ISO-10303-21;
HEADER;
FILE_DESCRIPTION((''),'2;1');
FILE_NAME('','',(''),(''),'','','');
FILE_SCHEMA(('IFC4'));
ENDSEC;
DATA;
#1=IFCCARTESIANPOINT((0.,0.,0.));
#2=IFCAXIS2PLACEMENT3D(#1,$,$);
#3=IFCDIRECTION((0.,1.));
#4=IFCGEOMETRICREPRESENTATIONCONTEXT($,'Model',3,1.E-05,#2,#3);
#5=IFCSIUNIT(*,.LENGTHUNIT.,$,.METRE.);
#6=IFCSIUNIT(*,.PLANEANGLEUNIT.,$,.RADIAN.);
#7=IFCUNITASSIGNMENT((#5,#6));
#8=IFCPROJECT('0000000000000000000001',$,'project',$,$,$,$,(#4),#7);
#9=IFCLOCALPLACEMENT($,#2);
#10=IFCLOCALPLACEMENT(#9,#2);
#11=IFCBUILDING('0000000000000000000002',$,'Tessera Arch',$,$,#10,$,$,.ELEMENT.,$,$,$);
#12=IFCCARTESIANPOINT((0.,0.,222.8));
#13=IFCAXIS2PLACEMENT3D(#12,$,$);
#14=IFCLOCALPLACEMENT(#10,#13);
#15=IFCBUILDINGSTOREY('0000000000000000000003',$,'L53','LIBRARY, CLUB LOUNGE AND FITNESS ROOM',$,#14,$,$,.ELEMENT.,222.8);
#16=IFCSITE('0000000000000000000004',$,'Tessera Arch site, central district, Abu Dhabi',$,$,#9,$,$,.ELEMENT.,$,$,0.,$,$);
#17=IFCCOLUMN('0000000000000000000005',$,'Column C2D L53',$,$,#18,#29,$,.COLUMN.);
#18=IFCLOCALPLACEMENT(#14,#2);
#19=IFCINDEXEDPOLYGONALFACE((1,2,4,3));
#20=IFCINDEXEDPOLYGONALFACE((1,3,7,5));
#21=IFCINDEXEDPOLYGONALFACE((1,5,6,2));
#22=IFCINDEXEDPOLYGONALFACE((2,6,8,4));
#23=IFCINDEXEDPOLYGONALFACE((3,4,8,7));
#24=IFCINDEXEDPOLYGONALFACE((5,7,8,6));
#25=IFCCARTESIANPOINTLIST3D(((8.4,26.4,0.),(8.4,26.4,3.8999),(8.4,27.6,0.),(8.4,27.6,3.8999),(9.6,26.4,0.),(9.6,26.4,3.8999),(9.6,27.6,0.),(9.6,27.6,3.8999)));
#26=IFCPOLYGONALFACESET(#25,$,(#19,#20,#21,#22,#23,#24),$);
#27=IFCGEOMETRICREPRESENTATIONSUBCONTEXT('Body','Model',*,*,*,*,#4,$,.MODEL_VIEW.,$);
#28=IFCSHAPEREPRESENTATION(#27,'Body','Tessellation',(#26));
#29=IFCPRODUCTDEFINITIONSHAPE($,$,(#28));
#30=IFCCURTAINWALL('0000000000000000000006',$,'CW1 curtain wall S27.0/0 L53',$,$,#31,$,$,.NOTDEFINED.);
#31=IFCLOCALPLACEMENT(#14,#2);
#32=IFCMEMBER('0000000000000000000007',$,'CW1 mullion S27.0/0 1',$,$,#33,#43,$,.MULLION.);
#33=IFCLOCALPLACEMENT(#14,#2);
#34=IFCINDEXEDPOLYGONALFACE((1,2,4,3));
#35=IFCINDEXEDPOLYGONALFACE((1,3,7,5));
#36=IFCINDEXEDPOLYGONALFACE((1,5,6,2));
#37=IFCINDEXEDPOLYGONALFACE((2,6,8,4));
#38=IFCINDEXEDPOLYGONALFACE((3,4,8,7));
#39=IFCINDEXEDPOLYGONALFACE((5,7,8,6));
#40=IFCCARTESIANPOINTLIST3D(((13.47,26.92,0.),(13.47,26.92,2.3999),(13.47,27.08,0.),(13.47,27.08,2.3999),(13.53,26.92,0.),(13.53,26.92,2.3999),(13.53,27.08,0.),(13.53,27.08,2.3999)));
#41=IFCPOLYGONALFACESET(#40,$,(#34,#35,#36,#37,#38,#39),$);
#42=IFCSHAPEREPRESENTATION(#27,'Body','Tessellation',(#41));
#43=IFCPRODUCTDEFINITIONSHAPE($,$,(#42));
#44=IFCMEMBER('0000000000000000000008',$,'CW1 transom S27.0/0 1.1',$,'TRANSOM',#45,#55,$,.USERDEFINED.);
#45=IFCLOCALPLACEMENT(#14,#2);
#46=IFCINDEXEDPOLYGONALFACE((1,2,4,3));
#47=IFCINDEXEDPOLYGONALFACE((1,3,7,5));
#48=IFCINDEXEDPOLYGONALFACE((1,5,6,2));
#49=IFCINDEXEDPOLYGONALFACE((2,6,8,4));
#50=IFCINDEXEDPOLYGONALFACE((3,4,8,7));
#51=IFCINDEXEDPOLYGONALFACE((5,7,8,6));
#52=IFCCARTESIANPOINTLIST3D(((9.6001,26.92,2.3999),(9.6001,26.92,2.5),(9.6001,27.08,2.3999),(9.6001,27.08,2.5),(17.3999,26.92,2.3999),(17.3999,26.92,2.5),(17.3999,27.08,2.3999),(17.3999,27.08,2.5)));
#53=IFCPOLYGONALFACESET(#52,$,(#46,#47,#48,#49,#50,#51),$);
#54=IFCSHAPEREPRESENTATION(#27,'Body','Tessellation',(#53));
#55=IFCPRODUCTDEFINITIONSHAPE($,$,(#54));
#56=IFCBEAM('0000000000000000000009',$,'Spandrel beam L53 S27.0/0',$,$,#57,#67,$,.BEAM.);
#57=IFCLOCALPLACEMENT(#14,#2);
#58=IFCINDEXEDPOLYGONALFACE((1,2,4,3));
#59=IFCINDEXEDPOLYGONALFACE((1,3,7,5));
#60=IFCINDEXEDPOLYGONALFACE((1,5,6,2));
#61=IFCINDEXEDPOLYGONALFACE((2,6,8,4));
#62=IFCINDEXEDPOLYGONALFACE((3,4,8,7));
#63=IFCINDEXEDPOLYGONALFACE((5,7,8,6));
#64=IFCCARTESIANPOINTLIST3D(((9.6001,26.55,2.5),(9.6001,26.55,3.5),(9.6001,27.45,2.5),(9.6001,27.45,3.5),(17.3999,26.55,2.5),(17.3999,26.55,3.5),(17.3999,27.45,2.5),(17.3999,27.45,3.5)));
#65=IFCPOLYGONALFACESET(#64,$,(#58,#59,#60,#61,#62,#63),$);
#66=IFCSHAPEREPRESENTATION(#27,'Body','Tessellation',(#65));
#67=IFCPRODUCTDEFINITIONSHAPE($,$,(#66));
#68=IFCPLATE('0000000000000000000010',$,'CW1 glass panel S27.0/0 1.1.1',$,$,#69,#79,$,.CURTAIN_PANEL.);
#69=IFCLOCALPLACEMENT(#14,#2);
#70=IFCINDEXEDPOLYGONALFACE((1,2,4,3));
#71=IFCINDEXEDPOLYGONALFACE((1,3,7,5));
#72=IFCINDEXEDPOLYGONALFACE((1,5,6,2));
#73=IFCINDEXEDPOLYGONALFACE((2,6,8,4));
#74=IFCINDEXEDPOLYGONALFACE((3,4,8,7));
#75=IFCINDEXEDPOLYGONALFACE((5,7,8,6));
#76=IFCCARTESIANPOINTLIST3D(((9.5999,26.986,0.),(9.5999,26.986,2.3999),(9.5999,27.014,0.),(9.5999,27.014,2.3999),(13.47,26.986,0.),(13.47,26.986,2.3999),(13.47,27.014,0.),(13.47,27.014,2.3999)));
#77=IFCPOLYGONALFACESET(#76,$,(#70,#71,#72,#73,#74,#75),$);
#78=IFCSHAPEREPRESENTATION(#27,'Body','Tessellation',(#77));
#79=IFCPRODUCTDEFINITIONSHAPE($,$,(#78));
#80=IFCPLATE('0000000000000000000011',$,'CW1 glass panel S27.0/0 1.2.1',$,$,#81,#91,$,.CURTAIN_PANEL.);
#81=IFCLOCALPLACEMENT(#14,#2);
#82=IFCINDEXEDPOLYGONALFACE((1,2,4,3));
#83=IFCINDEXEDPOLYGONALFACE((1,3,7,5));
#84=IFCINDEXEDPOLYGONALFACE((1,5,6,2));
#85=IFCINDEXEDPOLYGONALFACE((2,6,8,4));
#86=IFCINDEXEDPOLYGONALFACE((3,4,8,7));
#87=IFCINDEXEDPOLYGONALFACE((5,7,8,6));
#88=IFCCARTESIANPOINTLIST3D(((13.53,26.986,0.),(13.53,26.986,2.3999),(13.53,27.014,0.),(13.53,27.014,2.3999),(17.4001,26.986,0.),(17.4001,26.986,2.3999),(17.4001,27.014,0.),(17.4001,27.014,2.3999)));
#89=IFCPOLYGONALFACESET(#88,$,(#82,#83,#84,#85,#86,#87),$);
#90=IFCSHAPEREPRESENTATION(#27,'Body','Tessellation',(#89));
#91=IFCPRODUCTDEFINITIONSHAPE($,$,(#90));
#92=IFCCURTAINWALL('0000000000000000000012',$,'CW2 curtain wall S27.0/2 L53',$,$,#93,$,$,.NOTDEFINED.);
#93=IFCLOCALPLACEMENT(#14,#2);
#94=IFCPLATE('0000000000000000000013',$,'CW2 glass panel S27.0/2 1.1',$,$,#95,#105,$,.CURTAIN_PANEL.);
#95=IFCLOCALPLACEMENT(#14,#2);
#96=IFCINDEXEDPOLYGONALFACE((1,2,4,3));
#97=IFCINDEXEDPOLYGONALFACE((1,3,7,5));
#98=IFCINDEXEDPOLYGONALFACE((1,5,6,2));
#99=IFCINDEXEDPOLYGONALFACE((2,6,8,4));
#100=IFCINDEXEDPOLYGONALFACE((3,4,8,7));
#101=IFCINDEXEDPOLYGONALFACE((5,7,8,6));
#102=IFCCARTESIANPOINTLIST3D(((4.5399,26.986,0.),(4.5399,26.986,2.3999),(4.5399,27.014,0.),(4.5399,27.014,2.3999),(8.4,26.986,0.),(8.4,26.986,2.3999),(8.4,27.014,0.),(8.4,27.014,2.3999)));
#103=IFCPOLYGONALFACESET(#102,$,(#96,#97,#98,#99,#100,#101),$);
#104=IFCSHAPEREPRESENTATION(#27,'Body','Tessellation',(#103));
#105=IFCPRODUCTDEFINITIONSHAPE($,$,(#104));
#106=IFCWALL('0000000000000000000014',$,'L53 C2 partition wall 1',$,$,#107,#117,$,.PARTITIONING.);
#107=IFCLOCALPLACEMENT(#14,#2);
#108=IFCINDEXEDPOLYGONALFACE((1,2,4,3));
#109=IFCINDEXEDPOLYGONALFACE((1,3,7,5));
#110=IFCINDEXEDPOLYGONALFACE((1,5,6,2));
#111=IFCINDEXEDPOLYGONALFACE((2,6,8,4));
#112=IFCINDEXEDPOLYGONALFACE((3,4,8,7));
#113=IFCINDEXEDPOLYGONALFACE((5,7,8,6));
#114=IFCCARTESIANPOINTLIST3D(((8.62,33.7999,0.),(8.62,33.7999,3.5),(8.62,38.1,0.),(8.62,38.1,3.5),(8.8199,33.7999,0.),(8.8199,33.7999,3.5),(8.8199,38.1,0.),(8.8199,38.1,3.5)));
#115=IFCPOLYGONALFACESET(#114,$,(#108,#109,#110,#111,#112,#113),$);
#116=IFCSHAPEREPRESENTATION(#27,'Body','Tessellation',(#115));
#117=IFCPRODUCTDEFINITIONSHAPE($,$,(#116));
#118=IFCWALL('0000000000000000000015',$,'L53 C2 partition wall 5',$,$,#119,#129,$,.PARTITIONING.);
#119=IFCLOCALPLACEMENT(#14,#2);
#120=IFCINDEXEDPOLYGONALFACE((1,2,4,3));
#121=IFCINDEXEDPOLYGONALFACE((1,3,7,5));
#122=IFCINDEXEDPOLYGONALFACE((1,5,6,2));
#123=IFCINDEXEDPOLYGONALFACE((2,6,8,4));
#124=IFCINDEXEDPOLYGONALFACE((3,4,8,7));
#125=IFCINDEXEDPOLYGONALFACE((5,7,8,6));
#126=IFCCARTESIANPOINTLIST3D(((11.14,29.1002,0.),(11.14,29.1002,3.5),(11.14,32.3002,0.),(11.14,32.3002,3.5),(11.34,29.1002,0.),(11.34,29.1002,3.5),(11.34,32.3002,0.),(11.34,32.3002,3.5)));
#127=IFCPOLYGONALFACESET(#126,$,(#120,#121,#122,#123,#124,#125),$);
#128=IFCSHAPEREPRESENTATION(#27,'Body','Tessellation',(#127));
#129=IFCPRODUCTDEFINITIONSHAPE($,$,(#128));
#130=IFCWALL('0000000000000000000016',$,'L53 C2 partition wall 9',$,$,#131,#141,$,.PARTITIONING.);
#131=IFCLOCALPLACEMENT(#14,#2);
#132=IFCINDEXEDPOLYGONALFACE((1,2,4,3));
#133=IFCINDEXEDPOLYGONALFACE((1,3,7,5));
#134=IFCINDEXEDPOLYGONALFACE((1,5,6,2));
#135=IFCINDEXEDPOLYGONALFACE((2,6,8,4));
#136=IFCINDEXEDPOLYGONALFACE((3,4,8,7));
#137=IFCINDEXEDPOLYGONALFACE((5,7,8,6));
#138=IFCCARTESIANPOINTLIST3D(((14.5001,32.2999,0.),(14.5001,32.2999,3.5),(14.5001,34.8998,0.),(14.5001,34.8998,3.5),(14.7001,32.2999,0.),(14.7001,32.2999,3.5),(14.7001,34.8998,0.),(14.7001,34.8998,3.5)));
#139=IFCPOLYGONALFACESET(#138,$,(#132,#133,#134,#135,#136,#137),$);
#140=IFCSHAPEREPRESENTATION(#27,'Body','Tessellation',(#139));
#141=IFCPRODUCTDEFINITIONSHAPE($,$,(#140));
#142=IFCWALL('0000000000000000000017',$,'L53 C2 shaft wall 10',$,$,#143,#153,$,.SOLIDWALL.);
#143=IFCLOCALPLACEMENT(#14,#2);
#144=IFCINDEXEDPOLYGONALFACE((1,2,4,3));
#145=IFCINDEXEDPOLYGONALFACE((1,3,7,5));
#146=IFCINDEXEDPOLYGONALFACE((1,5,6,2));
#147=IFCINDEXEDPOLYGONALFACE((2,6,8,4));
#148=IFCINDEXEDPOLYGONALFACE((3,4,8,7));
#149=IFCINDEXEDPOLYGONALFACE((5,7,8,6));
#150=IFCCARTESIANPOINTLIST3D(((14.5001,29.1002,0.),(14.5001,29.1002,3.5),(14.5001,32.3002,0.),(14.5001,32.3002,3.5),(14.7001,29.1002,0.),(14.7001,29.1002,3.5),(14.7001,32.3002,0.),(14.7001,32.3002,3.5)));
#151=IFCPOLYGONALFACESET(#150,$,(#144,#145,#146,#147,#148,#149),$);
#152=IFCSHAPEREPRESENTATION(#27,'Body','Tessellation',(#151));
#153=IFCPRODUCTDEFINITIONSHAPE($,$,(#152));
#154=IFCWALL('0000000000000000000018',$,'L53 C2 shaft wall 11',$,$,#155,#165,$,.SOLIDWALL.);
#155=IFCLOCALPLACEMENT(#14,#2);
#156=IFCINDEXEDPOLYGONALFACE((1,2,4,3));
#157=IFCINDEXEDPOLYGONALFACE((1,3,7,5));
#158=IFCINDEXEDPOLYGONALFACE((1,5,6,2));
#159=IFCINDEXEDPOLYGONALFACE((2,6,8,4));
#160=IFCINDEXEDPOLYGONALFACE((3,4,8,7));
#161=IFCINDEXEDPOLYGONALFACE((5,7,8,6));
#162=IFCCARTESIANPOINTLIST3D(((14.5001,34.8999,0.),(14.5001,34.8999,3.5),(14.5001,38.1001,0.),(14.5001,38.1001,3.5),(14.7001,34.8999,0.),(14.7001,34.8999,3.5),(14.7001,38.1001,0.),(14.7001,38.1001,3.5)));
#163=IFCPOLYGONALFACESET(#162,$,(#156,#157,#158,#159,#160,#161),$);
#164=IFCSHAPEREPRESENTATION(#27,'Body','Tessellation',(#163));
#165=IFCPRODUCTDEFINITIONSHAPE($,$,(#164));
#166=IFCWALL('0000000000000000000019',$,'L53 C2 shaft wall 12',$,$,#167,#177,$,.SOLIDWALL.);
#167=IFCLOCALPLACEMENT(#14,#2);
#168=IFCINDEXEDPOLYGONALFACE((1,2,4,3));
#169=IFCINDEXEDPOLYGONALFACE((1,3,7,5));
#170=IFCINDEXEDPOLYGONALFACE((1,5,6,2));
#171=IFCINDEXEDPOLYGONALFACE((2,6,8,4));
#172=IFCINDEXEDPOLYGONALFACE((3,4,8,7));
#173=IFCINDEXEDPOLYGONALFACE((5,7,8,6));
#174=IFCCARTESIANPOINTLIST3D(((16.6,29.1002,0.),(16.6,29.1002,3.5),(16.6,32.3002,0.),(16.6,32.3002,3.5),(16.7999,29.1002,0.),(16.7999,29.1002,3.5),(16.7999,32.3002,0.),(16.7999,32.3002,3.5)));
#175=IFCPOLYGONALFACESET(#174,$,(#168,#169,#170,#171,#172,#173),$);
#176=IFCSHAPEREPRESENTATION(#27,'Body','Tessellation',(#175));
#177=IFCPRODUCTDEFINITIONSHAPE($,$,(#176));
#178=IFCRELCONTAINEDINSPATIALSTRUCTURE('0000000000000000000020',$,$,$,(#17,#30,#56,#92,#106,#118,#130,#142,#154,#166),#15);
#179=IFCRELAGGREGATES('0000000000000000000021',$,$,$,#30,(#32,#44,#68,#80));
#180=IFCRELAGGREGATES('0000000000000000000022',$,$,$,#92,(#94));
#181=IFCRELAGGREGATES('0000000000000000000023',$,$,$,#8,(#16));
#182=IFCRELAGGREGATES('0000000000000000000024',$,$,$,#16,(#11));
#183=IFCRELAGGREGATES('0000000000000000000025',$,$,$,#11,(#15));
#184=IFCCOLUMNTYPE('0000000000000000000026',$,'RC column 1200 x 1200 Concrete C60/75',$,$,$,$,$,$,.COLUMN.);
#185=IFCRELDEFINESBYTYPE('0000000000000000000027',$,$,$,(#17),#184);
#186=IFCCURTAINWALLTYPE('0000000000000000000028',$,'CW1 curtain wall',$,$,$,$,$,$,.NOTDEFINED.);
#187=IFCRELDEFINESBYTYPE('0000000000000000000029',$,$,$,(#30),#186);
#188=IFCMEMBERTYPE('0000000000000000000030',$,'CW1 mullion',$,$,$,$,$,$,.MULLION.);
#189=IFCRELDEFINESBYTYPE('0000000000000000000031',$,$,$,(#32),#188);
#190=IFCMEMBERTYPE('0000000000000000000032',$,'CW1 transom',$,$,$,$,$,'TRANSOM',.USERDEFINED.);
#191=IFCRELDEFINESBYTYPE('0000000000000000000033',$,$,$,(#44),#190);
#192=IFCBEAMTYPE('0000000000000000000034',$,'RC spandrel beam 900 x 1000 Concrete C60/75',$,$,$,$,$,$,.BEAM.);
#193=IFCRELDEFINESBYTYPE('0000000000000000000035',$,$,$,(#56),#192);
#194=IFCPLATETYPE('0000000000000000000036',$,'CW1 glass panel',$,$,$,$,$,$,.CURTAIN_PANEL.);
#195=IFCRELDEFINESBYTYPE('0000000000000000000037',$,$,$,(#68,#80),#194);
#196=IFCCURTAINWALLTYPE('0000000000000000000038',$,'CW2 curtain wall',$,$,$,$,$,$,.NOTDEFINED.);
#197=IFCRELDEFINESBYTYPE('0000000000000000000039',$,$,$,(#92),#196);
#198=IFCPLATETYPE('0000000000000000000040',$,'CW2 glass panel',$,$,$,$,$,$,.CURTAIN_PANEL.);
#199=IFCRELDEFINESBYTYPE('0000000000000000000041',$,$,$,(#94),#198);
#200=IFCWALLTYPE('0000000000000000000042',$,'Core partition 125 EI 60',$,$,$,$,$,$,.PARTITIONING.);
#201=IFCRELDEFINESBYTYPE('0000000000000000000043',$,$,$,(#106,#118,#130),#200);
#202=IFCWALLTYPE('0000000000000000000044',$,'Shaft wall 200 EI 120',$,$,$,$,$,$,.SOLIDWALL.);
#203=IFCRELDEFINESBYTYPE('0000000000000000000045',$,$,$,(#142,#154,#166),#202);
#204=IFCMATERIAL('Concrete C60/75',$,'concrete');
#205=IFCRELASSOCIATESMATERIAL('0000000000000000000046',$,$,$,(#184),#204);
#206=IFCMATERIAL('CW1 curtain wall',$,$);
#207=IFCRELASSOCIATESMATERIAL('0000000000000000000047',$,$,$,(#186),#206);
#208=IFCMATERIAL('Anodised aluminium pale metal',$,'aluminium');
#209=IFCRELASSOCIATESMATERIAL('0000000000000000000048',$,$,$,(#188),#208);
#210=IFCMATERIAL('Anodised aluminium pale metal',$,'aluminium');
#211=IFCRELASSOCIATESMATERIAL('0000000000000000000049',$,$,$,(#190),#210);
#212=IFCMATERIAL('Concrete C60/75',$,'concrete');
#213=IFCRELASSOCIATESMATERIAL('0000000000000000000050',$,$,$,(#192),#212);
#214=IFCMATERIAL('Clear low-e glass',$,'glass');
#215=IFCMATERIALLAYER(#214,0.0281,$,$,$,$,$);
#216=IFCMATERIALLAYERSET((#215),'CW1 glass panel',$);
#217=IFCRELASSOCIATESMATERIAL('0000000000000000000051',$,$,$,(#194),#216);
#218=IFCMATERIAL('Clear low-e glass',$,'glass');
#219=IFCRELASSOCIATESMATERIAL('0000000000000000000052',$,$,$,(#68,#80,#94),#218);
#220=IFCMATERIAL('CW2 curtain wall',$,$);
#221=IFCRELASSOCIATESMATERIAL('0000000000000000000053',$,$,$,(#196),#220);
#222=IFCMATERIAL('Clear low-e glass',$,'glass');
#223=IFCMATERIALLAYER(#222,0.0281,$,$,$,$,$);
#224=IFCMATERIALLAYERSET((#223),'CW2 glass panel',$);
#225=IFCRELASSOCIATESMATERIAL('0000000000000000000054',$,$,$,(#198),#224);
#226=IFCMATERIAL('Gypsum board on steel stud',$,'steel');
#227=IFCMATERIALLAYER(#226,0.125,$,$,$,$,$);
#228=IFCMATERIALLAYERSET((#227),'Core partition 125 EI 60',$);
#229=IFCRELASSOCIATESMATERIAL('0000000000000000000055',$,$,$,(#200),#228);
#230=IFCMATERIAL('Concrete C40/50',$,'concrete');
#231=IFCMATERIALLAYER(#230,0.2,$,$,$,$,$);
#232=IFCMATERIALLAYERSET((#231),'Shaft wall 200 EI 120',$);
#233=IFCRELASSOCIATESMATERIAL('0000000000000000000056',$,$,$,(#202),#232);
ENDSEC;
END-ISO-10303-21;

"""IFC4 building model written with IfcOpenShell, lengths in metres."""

from ifc_helpers import new_model, si_unit, direction, frame, frame_2d, origin, origin_2d, place, context, subcontext, project, spatial, rectangle, extrude, material, layer, layer_set, material_profile, profile_set, type_object, element, aggregate, save


model = new_model("IFC4")

# Units and contexts
model_context = context("Model", 3, precision=1e-05, world=origin(), true_north=direction((0.0, 1.0)))
body_context = subcontext(model_context, "Body", "Model", "MODEL_VIEW")
ifc_project = project(units=[si_unit("LENGTHUNIT", "METRE"), si_unit("PLANEANGLEUNIT", "RADIAN")], contexts=[model_context])

# Site, building, storey
site_placement = place(None, origin())
site = spatial("IfcSite", under=ifc_project, at=site_placement, Name="Tessera Arch site, central district, Abu Dhabi", CompositionType="ELEMENT", RefElevation=0.0)
building_placement = place(site_placement, origin())
building = spatial("IfcBuilding", under=site, at=building_placement, Name="Tessera Arch", CompositionType="ELEMENT")
storey_placement = place(building_placement, frame((0.0, 0.0, 222.8)))
storey = spatial("IfcBuildingStorey", under=building, at=storey_placement, Name="L53", Description="LIBRARY, CLUB LOUNGE AND FITNESS ROOM", CompositionType="ELEMENT", Elevation=222.8)

# Column
ifc_material_1 = material(Name="Concrete C60/75", Category="concrete")
ifc_material_profile_1 = material_profile(ifc_material_1, rectangle(XDim=1.2, YDim=1.2, at=origin_2d()), Name="RC column 1200 x 1200 Concrete C60/75")
ifc_profile_set_1 = profile_set([ifc_material_profile_1], Name="Concrete C60/75")
column_type = type_object("IfcColumnType", Name="RC column 1200 x 1200 Concrete C60/75", PredefinedType="COLUMN", material=ifc_profile_set_1)
column_placement = place(storey_placement, frame((9.0, 27.0, 0.0), z_axis=(0.0, 0.0, 1.0), x_axis=(1.0, 0.0, 0.0)))
element("IfcColumn", 1, at=column_placement, inside=storey, type_object=column_type, Name="Column C2D L53", PredefinedType="COLUMN", context=body_context, shape_type="SweptSolid", body=[
    extrude(rectangle(XDim=1.2, YDim=1.2, at=origin_2d()), origin(), (0.0, 0.0, 1.0), 3.8999),
])

# Curtain wall, members
ifc_material_2 = material(Name="CW1 curtain wall")
curtain_wall_type_1 = type_object("IfcCurtainWallType", Name="CW1 curtain wall", PredefinedType="NOTDEFINED", material=ifc_material_2)
curtain_wall_1_placement = place(storey_placement, origin())
curtain_wall_1 = element("IfcCurtainWall", 2, at=curtain_wall_1_placement, inside=storey, type_object=curtain_wall_type_1, Name="CW1 curtain wall S27.0/0 L53", PredefinedType="NOTDEFINED")
ifc_material_3 = material(Name="Anodised aluminium pale metal", Category="aluminium")
ifc_material_profile_2 = material_profile(ifc_material_3, rectangle(XDim=0.1599, YDim=0.0601, at=origin_2d()), Name="AL 60x160")
ifc_profile_set_2 = profile_set([ifc_material_profile_2], Name="Anodised aluminium pale metal")
member_type_1 = type_object("IfcMemberType", Name="CW1 mullion", PredefinedType="MULLION", material=ifc_profile_set_2)
member_1_placement = place(storey_placement, frame((13.5, 27.0, 0.0), z_axis=(0.0, 0.0, 1.0), x_axis=(0.0, 1.0, 0.0)))
member_1 = element("IfcMember", 3, at=member_1_placement, type_object=member_type_1, Name="CW1 mullion S27.0/0 1", PredefinedType="MULLION", context=body_context, shape_type="SweptSolid", body=[
    extrude(rectangle(XDim=0.1599, YDim=0.0601, at=origin_2d()), origin(), (0.0, 0.0, 1.0), 2.3999),
])
ifc_material_4 = material(Name="Anodised aluminium pale metal", Category="aluminium")
ifc_material_profile_3 = material_profile(ifc_material_4, rectangle(XDim=0.1599, YDim=0.1001, at=origin_2d()), Name="AL 160x100")
ifc_profile_set_3 = profile_set([ifc_material_profile_3], Name="Anodised aluminium pale metal")
member_type_2 = type_object("IfcMemberType", Name="CW1 transom", ElementType="TRANSOM", PredefinedType="USERDEFINED", material=ifc_profile_set_3)
member_2_placement = place(storey_placement, frame((9.6001, 27.0, 2.45), z_axis=(1.0, 0.0, 0.0), x_axis=(0.0, 1.0, 0.0)))
member_2 = element("IfcMember", 4, at=member_2_placement, type_object=member_type_2, Name="CW1 transom S27.0/0 1.1", ObjectType="TRANSOM", PredefinedType="USERDEFINED", context=body_context, shape_type="SweptSolid", body=[
    extrude(rectangle(XDim=0.1599, YDim=0.1001, at=origin_2d()), origin(), (0.0, 0.0, 1.0), 7.7998),
])

# Beam
ifc_material_5 = material(Name="Concrete C60/75", Category="concrete")
ifc_material_profile_4 = material_profile(ifc_material_5, rectangle(XDim=0.8999, YDim=1.0, at=origin_2d()), Name="RC spandrel beam 900 x 1000 Concrete C60/75")
ifc_profile_set_4 = profile_set([ifc_material_profile_4], Name="Concrete C60/75")
beam_type = type_object("IfcBeamType", Name="RC spandrel beam 900 x 1000 Concrete C60/75", PredefinedType="BEAM", material=ifc_profile_set_4)
beam_placement = place(storey_placement, frame((9.6001, 27.0, 3.0), z_axis=(1.0, 0.0, 0.0), x_axis=(0.0, 1.0, 0.0)))
element("IfcBeam", 5, at=beam_placement, inside=storey, type_object=beam_type, Name="Spandrel beam L53 S27.0/0", PredefinedType="BEAM", context=body_context, shape_type="SweptSolid", body=[
    extrude(rectangle(XDim=0.8999, YDim=1.0, at=origin_2d()), origin(), (0.0, 0.0, 1.0), 7.7998),
])

# Plates
ifc_material_6 = material(Name="Clear low-e glass", Category="glass")
ifc_material_7 = material(Name="Clear low-e glass", Category="glass")
ifc_layer_1 = layer(ifc_material_7, 0.0281)
ifc_layer_set_1 = layer_set([ifc_layer_1], Name="CW1 glass panel")
plate_type_1 = type_object("IfcPlateType", Name="CW1 glass panel", PredefinedType="CURTAIN_PANEL", material=ifc_layer_set_1)
plate_1_placement = place(storey_placement, frame((11.5349, 27.0, 0.0), z_axis=(0.0, 0.0, 1.0), x_axis=(1.0, 0.0, 0.0)))
plate_1 = element("IfcPlate", 6, at=plate_1_placement, type_object=plate_type_1, material=ifc_material_6, Name="CW1 glass panel S27.0/0 1.1.1", PredefinedType="CURTAIN_PANEL", context=body_context, shape_type="SweptSolid", body=[
    extrude(rectangle(XDim=3.8701, YDim=0.0281, at=origin_2d()), origin(), (0.0, 0.0, 1.0), 2.3999),
])
plate_2_placement = place(storey_placement, frame((15.4651, 27.0, 0.0), z_axis=(0.0, 0.0, 1.0), x_axis=(1.0, 0.0, 0.0)))
plate_2 = element("IfcPlate", 7, at=plate_2_placement, type_object=plate_type_1, material=ifc_material_6, Name="CW1 glass panel S27.0/0 1.2.1", PredefinedType="CURTAIN_PANEL", context=body_context, shape_type="SweptSolid", body=[
    extrude(rectangle(XDim=3.8701, YDim=0.0281, at=origin_2d()), origin(), (0.0, 0.0, 1.0), 2.3999),
])
aggregate(curtain_wall_1, [member_1, member_2, plate_1, plate_2])

# Curtain wall, plate
ifc_material_8 = material(Name="CW2 curtain wall")
curtain_wall_type_2 = type_object("IfcCurtainWallType", Name="CW2 curtain wall", PredefinedType="NOTDEFINED", material=ifc_material_8)
curtain_wall_2_placement = place(storey_placement, origin())
curtain_wall_2 = element("IfcCurtainWall", 8, at=curtain_wall_2_placement, inside=storey, type_object=curtain_wall_type_2, Name="CW2 curtain wall S27.0/2 L53", PredefinedType="NOTDEFINED")
ifc_material_9 = material(Name="Clear low-e glass", Category="glass")
ifc_layer_2 = layer(ifc_material_9, 0.0281)
ifc_layer_set_2 = layer_set([ifc_layer_2], Name="CW2 glass panel")
plate_type_2 = type_object("IfcPlateType", Name="CW2 glass panel", PredefinedType="CURTAIN_PANEL", material=ifc_layer_set_2)
plate_3_placement = place(storey_placement, frame((6.47, 27.0, 0.0), z_axis=(0.0, 0.0, 1.0), x_axis=(1.0, 0.0, 0.0)))
plate_3 = element("IfcPlate", 9, at=plate_3_placement, type_object=plate_type_2, material=ifc_material_6, Name="CW2 glass panel S27.0/2 1.1", PredefinedType="CURTAIN_PANEL", context=body_context, shape_type="SweptSolid", body=[
    extrude(rectangle(XDim=3.8601, YDim=0.0281, at=origin_2d()), origin(), (0.0, 0.0, 1.0), 2.3999),
])
aggregate(curtain_wall_2, [plate_3])

# Walls
ifc_material_10 = material(Name="Gypsum board on steel stud", Category="steel")
ifc_layer_3 = layer(ifc_material_10, 0.125)
ifc_layer_set_3 = layer_set([ifc_layer_3], Name="Core partition 125 EI 60")
wall_type_1 = type_object("IfcWallType", Name="Core partition 125 EI 60", PredefinedType="PARTITIONING", material=ifc_layer_set_3)
wall_1_placement = place(storey_placement, frame((8.72, 33.8, 0.0), z_axis=(0.0, 0.0, 1.0), x_axis=(0.0, 1.0, 0.0)))
element("IfcWall", 10, at=wall_1_placement, inside=storey, type_object=wall_type_1, Name="L53 C2 partition wall 1", PredefinedType="PARTITIONING", context=body_context, shape_type="SweptSolid", body=[
    extrude(rectangle(XDim=4.3, YDim=0.2, at=frame_2d((2.1499, 0.0))), origin(), (0.0, 0.0, 1.0), 3.5),
])
wall_2_placement = place(storey_placement, frame((11.24, 29.1001, 0.0), z_axis=(0.0, 0.0, 1.0), x_axis=(0.0, 1.0, 0.0)))
element("IfcWall", 11, at=wall_2_placement, inside=storey, type_object=wall_type_1, Name="L53 C2 partition wall 5", PredefinedType="PARTITIONING", context=body_context, shape_type="SweptSolid", body=[
    extrude(rectangle(XDim=3.2, YDim=0.2, at=frame_2d((1.6001, 0.0))), origin(), (0.0, 0.0, 1.0), 3.5),
])
wall_3_placement = place(storey_placement, frame((14.6001, 32.3, 0.0), z_axis=(0.0, 0.0, 1.0), x_axis=(0.0, 1.0, 0.0)))
element("IfcWall", 12, at=wall_3_placement, inside=storey, type_object=wall_type_1, Name="L53 C2 partition wall 9", PredefinedType="PARTITIONING", context=body_context, shape_type="SweptSolid", body=[
    extrude(rectangle(XDim=2.5999, YDim=0.2, at=frame_2d((1.2998, 0.0))), origin(), (0.0, 0.0, 1.0), 3.5),
])
ifc_material_11 = material(Name="Concrete C40/50", Category="concrete")
ifc_layer_4 = layer(ifc_material_11, 0.2)
ifc_layer_set_4 = layer_set([ifc_layer_4], Name="Shaft wall 200 EI 120")
wall_type_2 = type_object("IfcWallType", Name="Shaft wall 200 EI 120", PredefinedType="SOLIDWALL", material=ifc_layer_set_4)
wall_4_placement = place(storey_placement, frame((14.6001, 29.1001, 0.0), z_axis=(0.0, 0.0, 1.0), x_axis=(0.0, 1.0, 0.0)))
element("IfcWall", 13, at=wall_4_placement, inside=storey, type_object=wall_type_2, Name="L53 C2 shaft wall 10", PredefinedType="SOLIDWALL", context=body_context, shape_type="SweptSolid", body=[
    extrude(rectangle(XDim=3.2, YDim=0.2, at=frame_2d((1.6001, 0.0))), origin(), (0.0, 0.0, 1.0), 3.5),
])
wall_5_placement = place(storey_placement, frame((14.6001, 34.8999, 0.0), z_axis=(0.0, 0.0, 1.0), x_axis=(0.0, 1.0, 0.0)))
element("IfcWall", 14, at=wall_5_placement, inside=storey, type_object=wall_type_2, Name="L53 C2 shaft wall 11", PredefinedType="SOLIDWALL", context=body_context, shape_type="SweptSolid", body=[
    extrude(rectangle(XDim=3.2002, YDim=0.2, at=frame_2d((1.6001, 0.0))), origin(), (0.0, 0.0, 1.0), 3.5),
])
wall_6_placement = place(storey_placement, frame((16.7, 29.1001, 0.0), z_axis=(0.0, 0.0, 1.0), x_axis=(0.0, 1.0, 0.0)))
element("IfcWall", 15, at=wall_6_placement, inside=storey, type_object=wall_type_2, Name="L53 C2 shaft wall 12", PredefinedType="SOLIDWALL", context=body_context, shape_type="SweptSolid", body=[
    extrude(rectangle(XDim=3.2, YDim=0.2, at=frame_2d((1.6001, 0.0))), origin(), (0.0, 0.0, 1.0), 3.5),
])

save(model, "model.ifc")
